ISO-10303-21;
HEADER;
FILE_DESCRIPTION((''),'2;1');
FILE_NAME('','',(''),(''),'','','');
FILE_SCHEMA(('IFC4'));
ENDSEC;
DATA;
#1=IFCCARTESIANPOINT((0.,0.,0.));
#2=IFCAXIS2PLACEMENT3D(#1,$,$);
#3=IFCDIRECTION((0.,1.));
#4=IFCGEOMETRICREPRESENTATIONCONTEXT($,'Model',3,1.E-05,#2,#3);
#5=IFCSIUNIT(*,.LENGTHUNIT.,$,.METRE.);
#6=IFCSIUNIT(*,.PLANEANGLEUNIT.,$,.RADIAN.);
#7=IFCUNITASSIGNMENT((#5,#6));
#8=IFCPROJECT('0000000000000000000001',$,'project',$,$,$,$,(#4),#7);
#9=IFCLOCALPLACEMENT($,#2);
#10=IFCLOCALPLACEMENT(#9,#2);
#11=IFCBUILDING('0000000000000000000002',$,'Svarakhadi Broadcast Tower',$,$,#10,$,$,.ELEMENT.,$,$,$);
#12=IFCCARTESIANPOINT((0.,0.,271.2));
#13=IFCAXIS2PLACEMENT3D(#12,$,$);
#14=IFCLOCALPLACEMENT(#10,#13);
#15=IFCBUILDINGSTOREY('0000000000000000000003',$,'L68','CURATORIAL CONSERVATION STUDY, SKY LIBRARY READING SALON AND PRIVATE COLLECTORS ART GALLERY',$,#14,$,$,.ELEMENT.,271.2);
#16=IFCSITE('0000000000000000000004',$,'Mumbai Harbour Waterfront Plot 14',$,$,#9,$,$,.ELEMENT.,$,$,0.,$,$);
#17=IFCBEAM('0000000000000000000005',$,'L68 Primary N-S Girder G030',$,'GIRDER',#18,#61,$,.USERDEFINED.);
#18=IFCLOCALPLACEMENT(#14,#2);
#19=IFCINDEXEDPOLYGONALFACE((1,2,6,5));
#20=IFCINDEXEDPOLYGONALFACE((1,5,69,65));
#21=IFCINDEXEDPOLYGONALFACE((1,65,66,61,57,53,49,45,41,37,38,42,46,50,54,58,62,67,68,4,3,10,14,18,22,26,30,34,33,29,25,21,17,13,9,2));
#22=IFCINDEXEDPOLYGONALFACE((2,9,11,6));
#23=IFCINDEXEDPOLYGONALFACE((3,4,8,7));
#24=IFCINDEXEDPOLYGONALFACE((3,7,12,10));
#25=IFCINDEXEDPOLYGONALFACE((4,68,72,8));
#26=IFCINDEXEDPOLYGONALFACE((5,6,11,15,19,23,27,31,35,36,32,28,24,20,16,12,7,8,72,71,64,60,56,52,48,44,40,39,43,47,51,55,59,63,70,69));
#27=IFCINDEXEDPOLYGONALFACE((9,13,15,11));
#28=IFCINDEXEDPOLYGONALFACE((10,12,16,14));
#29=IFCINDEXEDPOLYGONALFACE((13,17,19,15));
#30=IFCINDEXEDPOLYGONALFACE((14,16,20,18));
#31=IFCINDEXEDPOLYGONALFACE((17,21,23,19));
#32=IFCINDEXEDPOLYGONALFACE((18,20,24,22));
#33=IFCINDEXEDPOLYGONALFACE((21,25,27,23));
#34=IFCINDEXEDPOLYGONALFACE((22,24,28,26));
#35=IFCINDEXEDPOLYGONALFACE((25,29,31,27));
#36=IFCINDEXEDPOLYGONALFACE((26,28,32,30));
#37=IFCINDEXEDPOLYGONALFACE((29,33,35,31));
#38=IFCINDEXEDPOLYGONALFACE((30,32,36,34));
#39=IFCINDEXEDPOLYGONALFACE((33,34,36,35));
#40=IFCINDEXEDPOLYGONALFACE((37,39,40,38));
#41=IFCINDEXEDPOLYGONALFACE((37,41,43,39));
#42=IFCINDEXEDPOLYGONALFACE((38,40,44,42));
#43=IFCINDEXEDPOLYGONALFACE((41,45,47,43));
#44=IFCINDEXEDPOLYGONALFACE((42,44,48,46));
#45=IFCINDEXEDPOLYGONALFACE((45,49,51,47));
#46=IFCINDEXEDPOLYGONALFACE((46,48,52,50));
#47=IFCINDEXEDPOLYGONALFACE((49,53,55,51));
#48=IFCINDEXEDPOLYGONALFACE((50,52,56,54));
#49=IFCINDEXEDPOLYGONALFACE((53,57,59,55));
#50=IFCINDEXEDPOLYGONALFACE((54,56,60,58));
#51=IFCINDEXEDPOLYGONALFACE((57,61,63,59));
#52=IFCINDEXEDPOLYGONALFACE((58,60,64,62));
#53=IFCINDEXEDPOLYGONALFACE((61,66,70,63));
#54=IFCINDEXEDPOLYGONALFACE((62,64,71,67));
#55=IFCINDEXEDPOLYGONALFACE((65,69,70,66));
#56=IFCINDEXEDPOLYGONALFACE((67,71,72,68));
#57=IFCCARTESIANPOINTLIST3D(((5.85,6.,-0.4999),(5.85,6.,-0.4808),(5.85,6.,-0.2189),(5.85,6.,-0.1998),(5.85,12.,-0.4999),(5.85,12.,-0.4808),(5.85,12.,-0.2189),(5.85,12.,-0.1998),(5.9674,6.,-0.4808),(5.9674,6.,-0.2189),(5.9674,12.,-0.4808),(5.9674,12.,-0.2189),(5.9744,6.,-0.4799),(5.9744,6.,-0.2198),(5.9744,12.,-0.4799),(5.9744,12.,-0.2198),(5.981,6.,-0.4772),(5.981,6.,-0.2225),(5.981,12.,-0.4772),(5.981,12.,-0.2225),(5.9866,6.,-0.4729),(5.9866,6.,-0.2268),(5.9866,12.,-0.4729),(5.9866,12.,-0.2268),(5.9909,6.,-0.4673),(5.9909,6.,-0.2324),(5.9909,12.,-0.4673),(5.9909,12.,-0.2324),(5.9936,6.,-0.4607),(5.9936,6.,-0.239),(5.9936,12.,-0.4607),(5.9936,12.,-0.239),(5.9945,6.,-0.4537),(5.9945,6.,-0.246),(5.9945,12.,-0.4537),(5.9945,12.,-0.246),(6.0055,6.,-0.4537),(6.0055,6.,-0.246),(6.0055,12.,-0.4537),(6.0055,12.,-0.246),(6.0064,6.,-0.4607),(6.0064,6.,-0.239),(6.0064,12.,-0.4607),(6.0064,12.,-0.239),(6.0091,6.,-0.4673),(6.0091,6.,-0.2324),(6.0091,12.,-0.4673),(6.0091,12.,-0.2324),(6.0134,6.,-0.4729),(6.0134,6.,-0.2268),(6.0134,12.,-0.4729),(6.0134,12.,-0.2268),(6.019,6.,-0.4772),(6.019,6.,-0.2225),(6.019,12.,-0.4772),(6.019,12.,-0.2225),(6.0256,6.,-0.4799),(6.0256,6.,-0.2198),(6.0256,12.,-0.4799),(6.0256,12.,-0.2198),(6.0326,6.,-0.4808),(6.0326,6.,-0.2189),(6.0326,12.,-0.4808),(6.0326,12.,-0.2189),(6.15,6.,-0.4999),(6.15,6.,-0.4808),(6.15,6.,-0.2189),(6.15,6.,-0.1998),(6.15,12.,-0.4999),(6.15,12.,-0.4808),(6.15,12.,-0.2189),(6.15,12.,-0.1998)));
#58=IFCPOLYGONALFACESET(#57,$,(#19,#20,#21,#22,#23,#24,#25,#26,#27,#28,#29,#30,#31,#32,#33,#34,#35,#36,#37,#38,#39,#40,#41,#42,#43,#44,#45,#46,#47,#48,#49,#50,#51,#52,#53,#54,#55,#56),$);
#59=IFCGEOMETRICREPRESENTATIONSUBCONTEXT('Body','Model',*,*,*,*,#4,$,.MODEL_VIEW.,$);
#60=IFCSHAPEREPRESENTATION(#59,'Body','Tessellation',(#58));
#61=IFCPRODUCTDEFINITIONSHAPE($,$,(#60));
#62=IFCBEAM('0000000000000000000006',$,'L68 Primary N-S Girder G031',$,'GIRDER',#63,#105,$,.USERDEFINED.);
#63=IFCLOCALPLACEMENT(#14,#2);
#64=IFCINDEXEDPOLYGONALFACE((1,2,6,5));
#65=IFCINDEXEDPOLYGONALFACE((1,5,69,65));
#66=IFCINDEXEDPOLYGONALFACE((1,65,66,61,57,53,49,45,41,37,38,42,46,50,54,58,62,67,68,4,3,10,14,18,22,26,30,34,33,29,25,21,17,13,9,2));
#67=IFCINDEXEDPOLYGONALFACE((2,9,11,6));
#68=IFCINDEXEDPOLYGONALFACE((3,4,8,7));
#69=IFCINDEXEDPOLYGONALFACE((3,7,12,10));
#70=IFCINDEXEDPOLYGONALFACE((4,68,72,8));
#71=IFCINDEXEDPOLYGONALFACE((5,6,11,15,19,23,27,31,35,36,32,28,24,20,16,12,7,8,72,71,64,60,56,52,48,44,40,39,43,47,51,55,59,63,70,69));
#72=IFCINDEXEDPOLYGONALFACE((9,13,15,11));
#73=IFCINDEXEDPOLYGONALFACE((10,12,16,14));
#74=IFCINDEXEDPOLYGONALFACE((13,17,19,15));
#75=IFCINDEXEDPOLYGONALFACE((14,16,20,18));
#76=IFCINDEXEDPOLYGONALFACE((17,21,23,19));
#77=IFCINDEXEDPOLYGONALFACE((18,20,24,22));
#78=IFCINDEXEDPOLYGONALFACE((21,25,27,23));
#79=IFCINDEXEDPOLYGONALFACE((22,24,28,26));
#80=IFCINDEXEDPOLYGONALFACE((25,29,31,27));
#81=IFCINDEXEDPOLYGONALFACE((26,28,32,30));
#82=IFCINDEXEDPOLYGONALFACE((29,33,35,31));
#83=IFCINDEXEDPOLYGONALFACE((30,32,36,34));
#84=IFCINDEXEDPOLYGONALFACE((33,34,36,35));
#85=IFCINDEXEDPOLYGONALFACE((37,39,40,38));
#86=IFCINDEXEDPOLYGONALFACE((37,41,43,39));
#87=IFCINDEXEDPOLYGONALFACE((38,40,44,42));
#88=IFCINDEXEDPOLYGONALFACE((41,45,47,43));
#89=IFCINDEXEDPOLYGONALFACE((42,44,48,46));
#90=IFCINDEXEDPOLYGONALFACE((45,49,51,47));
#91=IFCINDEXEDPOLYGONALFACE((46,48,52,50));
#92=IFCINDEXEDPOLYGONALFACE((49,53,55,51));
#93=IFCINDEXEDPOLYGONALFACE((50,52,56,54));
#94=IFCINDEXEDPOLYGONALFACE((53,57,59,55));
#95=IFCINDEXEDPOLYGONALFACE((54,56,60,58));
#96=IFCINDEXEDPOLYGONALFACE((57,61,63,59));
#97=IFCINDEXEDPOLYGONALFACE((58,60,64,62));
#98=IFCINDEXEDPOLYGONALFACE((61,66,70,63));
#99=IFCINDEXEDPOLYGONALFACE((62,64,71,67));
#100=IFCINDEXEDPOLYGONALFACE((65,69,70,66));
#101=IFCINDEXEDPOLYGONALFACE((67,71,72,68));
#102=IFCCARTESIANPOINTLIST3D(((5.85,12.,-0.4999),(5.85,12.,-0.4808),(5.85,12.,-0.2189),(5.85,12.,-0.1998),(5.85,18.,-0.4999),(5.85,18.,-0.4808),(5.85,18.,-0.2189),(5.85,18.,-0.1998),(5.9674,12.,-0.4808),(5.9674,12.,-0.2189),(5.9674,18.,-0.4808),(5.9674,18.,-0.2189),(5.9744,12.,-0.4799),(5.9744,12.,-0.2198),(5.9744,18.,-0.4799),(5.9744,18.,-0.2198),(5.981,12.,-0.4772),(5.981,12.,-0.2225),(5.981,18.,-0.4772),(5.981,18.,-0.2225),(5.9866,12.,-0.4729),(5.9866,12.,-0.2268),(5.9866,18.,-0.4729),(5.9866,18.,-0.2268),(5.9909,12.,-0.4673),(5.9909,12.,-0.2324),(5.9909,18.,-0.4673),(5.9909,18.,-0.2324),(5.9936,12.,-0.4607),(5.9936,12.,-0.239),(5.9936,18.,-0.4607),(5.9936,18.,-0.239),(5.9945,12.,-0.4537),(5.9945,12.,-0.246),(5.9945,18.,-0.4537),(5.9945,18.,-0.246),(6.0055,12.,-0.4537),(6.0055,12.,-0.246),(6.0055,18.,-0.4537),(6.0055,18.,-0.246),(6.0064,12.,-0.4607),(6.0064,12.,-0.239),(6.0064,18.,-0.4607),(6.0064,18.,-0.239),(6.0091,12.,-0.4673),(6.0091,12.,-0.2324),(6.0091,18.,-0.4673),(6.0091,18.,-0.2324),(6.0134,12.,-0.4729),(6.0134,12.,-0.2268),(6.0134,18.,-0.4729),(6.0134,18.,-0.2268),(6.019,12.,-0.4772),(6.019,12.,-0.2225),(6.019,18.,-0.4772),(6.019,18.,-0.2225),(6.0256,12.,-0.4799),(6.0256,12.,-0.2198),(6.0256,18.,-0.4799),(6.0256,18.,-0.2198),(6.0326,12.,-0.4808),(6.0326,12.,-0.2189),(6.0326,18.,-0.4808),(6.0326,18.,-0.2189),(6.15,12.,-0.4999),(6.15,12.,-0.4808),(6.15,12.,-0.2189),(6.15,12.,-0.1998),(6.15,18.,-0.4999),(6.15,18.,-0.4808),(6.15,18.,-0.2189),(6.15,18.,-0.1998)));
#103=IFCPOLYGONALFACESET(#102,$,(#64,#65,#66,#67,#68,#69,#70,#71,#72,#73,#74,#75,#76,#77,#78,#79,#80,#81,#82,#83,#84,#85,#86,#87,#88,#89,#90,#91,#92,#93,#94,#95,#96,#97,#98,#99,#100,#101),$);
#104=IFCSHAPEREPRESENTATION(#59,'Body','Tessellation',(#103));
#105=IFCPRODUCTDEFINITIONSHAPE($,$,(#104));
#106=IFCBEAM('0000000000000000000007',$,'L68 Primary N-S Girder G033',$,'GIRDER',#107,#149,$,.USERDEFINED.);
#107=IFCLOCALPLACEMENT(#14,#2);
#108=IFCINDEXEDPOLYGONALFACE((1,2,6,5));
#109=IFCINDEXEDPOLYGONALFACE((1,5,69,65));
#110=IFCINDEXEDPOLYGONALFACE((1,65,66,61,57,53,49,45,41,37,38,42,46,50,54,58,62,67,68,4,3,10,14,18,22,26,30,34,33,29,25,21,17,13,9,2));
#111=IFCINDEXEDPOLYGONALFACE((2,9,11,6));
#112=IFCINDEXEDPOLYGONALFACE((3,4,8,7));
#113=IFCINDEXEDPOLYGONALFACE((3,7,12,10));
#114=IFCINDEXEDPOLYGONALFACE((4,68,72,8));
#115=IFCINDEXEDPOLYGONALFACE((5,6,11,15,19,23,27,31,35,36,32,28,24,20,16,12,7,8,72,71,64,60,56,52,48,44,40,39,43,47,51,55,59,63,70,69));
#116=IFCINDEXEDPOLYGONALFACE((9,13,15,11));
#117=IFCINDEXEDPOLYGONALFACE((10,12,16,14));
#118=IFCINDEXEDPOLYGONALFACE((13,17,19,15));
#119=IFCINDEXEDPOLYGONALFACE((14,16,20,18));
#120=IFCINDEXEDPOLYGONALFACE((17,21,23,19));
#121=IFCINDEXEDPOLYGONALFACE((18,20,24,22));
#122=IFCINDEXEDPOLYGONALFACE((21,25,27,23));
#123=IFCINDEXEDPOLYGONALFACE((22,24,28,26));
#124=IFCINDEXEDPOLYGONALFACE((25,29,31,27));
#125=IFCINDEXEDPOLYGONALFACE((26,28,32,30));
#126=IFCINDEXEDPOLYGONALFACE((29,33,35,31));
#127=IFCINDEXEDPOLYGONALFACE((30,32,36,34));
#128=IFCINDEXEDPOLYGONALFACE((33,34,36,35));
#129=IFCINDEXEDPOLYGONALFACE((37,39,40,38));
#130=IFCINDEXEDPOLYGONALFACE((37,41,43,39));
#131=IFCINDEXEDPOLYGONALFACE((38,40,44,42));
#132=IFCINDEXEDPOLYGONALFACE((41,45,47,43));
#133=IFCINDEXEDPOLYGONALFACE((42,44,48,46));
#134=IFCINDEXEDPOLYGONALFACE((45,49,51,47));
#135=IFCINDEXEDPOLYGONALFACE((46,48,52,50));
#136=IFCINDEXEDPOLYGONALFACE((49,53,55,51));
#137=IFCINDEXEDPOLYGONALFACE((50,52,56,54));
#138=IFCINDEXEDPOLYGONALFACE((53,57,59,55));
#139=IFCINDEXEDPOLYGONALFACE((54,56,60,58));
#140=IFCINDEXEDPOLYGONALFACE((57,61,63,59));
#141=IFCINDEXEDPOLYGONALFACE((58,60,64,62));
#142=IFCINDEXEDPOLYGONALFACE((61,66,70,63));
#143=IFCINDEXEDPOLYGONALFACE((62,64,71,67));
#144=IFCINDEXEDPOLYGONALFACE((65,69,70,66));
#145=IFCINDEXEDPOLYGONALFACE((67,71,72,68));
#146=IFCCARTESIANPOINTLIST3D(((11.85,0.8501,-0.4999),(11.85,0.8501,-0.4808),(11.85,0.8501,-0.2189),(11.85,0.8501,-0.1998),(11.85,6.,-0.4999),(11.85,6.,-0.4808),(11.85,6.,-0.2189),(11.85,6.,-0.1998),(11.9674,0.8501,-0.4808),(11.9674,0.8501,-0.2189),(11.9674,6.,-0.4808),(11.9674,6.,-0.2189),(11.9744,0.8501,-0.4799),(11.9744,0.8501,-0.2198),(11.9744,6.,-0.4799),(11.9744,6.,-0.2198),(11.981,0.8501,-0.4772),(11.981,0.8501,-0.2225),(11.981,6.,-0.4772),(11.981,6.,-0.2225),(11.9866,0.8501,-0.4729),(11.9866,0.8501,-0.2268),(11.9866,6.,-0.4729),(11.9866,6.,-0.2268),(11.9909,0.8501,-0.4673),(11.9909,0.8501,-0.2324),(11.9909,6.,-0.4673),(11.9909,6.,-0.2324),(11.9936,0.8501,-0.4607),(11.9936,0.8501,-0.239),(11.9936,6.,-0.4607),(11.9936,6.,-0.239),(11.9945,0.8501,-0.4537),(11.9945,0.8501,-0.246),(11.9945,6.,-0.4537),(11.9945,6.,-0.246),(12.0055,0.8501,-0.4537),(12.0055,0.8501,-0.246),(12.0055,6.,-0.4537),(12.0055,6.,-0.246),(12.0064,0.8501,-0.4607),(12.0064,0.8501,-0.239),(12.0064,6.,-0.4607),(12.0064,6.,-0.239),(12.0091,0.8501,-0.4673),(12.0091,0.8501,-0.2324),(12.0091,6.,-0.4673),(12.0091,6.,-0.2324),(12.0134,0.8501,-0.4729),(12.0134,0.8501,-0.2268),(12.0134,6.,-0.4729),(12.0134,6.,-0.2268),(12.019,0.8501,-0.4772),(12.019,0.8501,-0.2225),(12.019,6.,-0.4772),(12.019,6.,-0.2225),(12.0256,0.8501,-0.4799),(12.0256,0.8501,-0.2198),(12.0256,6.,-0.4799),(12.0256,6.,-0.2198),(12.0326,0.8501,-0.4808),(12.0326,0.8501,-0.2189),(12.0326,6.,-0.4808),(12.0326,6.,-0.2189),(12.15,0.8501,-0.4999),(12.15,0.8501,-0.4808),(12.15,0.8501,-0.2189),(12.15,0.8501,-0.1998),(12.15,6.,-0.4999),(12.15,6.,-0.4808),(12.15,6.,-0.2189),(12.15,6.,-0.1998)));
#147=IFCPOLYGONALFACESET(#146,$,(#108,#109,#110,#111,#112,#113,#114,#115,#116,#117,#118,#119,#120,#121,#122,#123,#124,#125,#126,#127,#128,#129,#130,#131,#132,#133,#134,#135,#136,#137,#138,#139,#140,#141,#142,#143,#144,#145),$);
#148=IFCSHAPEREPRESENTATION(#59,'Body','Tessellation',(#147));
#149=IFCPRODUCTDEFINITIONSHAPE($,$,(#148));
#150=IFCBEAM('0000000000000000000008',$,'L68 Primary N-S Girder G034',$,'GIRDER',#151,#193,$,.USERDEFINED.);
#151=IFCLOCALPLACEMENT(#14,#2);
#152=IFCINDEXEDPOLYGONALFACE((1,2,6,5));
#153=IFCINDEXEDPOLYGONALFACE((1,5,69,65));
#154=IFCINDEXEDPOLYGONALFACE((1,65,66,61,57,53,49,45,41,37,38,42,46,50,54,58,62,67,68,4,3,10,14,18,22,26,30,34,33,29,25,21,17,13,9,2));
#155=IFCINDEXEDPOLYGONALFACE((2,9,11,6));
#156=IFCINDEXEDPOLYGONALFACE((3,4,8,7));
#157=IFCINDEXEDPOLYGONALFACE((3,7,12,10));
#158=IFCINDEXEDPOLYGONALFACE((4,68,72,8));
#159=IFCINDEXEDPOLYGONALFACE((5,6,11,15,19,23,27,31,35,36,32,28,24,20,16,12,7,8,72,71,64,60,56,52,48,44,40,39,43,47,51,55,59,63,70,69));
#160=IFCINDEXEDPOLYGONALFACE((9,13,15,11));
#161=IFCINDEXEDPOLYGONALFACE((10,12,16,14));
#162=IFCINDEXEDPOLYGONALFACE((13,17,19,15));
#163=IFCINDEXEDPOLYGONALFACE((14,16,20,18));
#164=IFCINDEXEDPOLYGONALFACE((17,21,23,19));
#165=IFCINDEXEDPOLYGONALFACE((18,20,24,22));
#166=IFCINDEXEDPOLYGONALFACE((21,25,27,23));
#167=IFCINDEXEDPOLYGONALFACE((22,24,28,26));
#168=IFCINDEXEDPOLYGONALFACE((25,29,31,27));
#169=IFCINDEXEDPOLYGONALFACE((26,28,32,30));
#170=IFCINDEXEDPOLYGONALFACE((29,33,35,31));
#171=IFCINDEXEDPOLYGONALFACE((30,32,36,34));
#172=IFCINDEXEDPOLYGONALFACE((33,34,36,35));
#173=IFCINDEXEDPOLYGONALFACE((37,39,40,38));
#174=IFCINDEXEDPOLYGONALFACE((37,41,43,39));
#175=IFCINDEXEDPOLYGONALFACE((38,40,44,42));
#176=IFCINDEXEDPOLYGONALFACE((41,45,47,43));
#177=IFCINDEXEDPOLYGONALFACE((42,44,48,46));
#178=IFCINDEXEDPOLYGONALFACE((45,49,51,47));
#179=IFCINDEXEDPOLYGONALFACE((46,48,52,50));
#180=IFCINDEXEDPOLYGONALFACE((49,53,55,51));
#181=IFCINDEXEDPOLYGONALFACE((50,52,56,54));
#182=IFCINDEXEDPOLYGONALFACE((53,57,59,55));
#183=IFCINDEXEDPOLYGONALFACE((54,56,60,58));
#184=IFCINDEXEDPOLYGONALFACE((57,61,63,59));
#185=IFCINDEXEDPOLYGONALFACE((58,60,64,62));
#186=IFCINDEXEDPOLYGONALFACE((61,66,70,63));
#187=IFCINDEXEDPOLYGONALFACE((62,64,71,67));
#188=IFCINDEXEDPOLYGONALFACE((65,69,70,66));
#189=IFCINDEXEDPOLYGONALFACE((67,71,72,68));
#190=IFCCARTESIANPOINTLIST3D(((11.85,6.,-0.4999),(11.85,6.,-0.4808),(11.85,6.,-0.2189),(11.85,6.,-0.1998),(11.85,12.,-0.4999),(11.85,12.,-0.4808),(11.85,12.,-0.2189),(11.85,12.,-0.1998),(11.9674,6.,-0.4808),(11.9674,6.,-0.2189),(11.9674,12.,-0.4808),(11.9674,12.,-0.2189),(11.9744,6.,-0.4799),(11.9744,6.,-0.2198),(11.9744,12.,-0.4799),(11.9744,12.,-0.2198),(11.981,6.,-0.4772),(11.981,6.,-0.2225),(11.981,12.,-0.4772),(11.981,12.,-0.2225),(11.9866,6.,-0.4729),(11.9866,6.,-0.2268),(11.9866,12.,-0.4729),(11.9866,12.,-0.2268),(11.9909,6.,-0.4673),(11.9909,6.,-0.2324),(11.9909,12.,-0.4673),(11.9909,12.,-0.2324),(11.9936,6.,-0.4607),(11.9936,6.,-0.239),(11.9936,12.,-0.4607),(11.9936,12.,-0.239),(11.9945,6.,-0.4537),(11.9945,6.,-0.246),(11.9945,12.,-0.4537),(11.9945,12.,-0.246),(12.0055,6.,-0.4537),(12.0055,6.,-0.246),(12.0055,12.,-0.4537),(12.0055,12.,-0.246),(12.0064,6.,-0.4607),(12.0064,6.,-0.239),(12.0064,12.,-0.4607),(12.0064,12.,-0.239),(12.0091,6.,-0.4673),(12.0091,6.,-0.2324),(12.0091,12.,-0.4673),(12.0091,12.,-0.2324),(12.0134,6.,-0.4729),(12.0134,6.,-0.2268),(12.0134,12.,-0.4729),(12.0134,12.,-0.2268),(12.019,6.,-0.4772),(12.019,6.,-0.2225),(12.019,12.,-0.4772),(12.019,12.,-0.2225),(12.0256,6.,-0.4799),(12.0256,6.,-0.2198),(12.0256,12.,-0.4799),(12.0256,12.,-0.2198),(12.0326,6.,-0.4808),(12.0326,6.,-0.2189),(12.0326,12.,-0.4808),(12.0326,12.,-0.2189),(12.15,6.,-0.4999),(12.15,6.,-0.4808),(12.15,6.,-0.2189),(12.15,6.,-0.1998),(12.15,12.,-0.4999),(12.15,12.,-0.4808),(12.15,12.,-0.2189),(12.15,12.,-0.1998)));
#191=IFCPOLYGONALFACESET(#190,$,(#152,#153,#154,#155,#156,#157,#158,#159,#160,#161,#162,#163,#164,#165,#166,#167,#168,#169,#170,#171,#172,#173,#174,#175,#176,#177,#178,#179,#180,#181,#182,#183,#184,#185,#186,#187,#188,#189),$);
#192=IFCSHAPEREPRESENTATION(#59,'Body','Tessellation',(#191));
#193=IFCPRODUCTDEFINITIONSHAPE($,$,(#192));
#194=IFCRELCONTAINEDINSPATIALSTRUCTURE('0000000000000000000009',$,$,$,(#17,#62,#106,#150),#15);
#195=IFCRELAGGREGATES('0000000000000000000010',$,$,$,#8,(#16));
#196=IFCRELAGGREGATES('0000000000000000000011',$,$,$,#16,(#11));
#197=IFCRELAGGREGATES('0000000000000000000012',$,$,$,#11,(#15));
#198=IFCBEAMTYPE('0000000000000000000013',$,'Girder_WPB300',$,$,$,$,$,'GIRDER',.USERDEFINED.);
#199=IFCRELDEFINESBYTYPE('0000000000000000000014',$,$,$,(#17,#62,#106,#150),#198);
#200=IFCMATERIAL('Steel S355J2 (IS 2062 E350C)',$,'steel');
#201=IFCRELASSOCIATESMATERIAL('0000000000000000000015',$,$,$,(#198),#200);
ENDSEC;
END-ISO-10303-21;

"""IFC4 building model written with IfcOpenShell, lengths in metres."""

from ifc_helpers import new_model, si_unit, direction, frame, origin, origin_2d, place, context, subcontext, project, spatial, i_section, extrude, material, material_profile, profile_set, type_object, element, save


model = new_model("IFC4")

# Units and contexts
model_context = context("Model", 3, precision=1e-05, world=origin(), true_north=direction((0.0, 1.0)))
body_context = subcontext(model_context, "Body", "Model", "MODEL_VIEW")
ifc_project = project(units=[si_unit("LENGTHUNIT", "METRE"), si_unit("PLANEANGLEUNIT", "RADIAN")], contexts=[model_context])

# Site, building, storey
site_placement = place(None, origin())
site = spatial("IfcSite", under=ifc_project, at=site_placement, Name="Mumbai Harbour Waterfront Plot 14", CompositionType="ELEMENT", RefElevation=0.0)
building_placement = place(site_placement, origin())
building = spatial("IfcBuilding", under=site, at=building_placement, Name="Svarakhadi Broadcast Tower", CompositionType="ELEMENT")
storey_placement = place(building_placement, frame((0.0, 0.0, 271.2)))
storey = spatial("IfcBuildingStorey", under=building, at=storey_placement, Name="L68", Description="CURATORIAL CONSERVATION STUDY, SKY LIBRARY READING SALON AND PRIVATE COLLECTORS ART GALLERY", CompositionType="ELEMENT", Elevation=271.2)

# Beams
ifc_material_1 = material(Name="Steel S355J2 (IS 2062 E350C)", Category="steel")
ifc_material_profile_1 = material_profile(ifc_material_1, i_section(OverallWidth=0.3, OverallDepth=0.3, WebThickness=0.011, FlangeThickness=0.019, FilletRadius=0.0271, at=origin_2d()), Name="WPB 300x300x117")
ifc_profile_set_1 = profile_set([ifc_material_profile_1], Name="Steel S355J2 (IS 2062 E350C)")
beam_type_1 = type_object("IfcBeamType", Name="Girder_WPB300", ElementType="GIRDER", PredefinedType="USERDEFINED", material=ifc_profile_set_1)
for number, where, z_axis, x_axis, name in (
    (1, (6.0, 6.0, -0.3499), (0.0, 1.0, 0.0), (-1.0, 0.0, 0.0), "L68 Primary N-S Girder G030"),
    (2, (6.0, 12.0, -0.3499), (0.0, 1.0, 0.0), (-1.0, 0.0, 0.0), "L68 Primary N-S Girder G031"),
):
    element("IfcBeam", number, at=place(storey_placement, frame(where, z_axis=z_axis, x_axis=x_axis)), inside=storey, type_object=beam_type_1, Name=name, ObjectType="GIRDER", PredefinedType="USERDEFINED", context=body_context, shape_type="SweptSolid", body=[
        extrude(i_section(OverallWidth=0.3, OverallDepth=0.3, WebThickness=0.011, FlangeThickness=0.019, FilletRadius=0.0271, at=origin_2d()), origin(), (0.0, 0.0, 1.0), 6.0),
    ])
beam_1_placement = place(storey_placement, frame((12.0, 0.8501, -0.3499), z_axis=(0.0, 1.0, 0.0), x_axis=(-1.0, 0.0, 0.0)))
element("IfcBeam", 3, at=beam_1_placement, inside=storey, type_object=beam_type_1, Name="L68 Primary N-S Girder G033", ObjectType="GIRDER", PredefinedType="USERDEFINED", context=body_context, shape_type="SweptSolid", body=[
    extrude(i_section(OverallWidth=0.3, OverallDepth=0.3, WebThickness=0.011, FlangeThickness=0.019, FilletRadius=0.0271, at=origin_2d()), origin(), (0.0, 0.0, 1.0), 5.1499),
])
beam_2_placement = place(storey_placement, frame((12.0, 6.0, -0.3499), z_axis=(0.0, 1.0, 0.0), x_axis=(-1.0, 0.0, 0.0)))
element("IfcBeam", 4, at=beam_2_placement, inside=storey, type_object=beam_type_1, Name="L68 Primary N-S Girder G034", ObjectType="GIRDER", PredefinedType="USERDEFINED", context=body_context, shape_type="SweptSolid", body=[
    extrude(i_section(OverallWidth=0.3, OverallDepth=0.3, WebThickness=0.011, FlangeThickness=0.019, FilletRadius=0.0271, at=origin_2d()), origin(), (0.0, 0.0, 1.0), 6.0),
])

save(model, "model.ifc")
